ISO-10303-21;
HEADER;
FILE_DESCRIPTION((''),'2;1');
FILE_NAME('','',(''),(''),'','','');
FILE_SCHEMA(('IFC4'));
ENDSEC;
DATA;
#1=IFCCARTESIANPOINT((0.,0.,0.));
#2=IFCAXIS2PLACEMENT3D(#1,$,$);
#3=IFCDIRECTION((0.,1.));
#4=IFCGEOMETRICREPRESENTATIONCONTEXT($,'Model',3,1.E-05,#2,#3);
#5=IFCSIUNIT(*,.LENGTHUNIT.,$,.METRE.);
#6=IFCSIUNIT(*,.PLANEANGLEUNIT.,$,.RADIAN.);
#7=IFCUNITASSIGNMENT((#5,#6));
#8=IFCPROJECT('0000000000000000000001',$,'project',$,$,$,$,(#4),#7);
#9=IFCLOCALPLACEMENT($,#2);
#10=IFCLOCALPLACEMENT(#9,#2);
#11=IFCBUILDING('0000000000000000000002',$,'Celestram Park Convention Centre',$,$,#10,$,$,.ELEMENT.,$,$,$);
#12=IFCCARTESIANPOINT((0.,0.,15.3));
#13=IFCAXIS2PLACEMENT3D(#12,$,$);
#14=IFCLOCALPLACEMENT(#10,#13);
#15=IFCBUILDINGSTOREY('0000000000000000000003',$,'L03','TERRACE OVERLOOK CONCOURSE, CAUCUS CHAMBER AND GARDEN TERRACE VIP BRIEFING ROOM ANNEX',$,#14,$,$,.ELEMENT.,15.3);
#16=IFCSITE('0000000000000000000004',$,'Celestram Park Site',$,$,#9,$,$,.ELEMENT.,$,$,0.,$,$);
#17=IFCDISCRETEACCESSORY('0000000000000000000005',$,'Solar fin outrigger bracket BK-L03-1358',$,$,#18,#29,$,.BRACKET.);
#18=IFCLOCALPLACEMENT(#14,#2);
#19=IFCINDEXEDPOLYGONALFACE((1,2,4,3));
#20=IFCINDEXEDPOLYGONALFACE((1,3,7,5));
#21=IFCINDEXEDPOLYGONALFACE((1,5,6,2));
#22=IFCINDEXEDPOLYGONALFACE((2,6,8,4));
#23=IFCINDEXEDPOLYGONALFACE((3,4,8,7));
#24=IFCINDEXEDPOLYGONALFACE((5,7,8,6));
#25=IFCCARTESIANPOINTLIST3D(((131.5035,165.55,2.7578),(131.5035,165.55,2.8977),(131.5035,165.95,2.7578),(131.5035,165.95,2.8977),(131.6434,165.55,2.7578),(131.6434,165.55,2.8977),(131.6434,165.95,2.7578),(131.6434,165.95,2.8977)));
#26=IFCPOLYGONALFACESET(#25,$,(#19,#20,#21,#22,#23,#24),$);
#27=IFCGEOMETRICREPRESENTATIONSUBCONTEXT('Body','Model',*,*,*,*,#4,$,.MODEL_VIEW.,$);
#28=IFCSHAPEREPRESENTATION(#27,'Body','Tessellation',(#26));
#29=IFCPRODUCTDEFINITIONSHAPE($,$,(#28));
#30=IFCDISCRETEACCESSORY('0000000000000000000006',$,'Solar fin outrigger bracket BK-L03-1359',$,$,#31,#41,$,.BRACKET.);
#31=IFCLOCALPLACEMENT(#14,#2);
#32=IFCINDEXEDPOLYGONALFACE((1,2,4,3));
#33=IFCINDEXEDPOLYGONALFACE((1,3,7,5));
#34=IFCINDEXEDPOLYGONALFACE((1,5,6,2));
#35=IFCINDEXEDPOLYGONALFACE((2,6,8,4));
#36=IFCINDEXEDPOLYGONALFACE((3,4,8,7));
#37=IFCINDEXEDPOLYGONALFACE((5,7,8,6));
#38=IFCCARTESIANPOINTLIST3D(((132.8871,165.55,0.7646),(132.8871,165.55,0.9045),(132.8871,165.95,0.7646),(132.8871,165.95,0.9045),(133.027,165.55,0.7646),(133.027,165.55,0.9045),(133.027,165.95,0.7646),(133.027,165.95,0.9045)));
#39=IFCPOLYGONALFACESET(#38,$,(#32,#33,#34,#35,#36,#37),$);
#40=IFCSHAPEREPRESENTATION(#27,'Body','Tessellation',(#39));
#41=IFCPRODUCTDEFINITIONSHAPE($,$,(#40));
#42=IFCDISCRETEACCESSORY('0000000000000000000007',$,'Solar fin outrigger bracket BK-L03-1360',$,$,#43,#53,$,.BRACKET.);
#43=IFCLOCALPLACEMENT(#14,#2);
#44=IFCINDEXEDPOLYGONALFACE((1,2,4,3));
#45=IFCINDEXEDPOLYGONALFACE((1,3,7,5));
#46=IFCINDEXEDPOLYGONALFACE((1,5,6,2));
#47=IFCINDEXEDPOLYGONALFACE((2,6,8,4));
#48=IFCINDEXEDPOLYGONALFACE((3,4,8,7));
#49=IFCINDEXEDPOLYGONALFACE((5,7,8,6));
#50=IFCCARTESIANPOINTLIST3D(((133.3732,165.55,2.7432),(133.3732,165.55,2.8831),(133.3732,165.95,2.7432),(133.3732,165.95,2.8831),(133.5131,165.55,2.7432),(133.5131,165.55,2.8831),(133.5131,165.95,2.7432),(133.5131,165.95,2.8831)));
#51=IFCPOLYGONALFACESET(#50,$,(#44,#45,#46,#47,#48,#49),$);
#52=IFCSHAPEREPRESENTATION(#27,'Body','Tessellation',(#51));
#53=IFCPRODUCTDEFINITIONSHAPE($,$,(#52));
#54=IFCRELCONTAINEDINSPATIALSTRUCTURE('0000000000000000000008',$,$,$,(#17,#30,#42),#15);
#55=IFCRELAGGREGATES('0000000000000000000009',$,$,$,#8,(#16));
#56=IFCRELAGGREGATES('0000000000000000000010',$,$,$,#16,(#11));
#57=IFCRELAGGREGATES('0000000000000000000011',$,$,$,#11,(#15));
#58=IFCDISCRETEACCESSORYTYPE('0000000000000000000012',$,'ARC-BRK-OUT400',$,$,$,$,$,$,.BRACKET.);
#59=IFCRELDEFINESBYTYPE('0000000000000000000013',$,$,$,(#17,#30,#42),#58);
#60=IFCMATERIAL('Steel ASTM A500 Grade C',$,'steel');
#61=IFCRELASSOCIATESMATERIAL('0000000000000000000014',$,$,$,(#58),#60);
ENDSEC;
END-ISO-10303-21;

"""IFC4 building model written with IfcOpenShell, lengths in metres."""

from ifc_helpers import new_model, si_unit, direction, frame, origin, origin_2d, place, context, subcontext, project, spatial, rectangle, extrude, material, type_object, element, save


model = new_model("IFC4")

# Units and contexts
model_context = context("Model", 3, precision=1e-05, world=origin(), true_north=direction((0.0, 1.0)))
body_context = subcontext(model_context, "Body", "Model", "MODEL_VIEW")
ifc_project = project(units=[si_unit("LENGTHUNIT", "METRE"), si_unit("PLANEANGLEUNIT", "RADIAN")], contexts=[model_context])

# Site, building, storey
site_placement = place(None, origin())
site = spatial("IfcSite", under=ifc_project, at=site_placement, Name="Celestram Park Site", CompositionType="ELEMENT", RefElevation=0.0)
building_placement = place(site_placement, origin())
building = spatial("IfcBuilding", under=site, at=building_placement, Name="Celestram Park Convention Centre", CompositionType="ELEMENT")
storey_placement = place(building_placement, frame((0.0, 0.0, 15.3)))
storey = spatial("IfcBuildingStorey", under=building, at=storey_placement, Name="L03", Description="TERRACE OVERLOOK CONCOURSE, CAUCUS CHAMBER AND GARDEN TERRACE VIP BRIEFING ROOM ANNEX", CompositionType="ELEMENT", Elevation=15.3)

# Shared definitions
ifc_material_1 = material(Name="Steel ASTM A500 Grade C", Category="steel")

# Discrete accessories
discrete_accessory_type = type_object("IfcDiscreteAccessoryType", Name="ARC-BRK-OUT400", PredefinedType="BRACKET", material=ifc_material_1)
for number, where, z_axis, x_axis, name in (
    (1, (131.5735, 165.75, 2.7578), (0.0, 0.0, 1.0), (0.0, 1.0, 0.0), "Solar fin outrigger bracket BK-L03-1358"),
    (2, (132.957, 165.75, 0.7646), (0.0, 0.0, 1.0), (0.0, 1.0, 0.0), "Solar fin outrigger bracket BK-L03-1359"),
    (3, (133.4431, 165.75, 2.7432), (0.0, 0.0, 1.0), (0.0, 1.0, 0.0), "Solar fin outrigger bracket BK-L03-1360"),
):
    element("IfcDiscreteAccessory", number, at=place(storey_placement, frame(where, z_axis=z_axis, x_axis=x_axis)), inside=storey, type_object=discrete_accessory_type, Name=name, PredefinedType="BRACKET", context=body_context, shape_type="SweptSolid", body=[
        extrude(rectangle(XDim=0.3999, YDim=0.1399, at=origin_2d()), origin(), (0.0, 0.0, 1.0), 0.1399),
    ])

save(model, "model.ifc")
